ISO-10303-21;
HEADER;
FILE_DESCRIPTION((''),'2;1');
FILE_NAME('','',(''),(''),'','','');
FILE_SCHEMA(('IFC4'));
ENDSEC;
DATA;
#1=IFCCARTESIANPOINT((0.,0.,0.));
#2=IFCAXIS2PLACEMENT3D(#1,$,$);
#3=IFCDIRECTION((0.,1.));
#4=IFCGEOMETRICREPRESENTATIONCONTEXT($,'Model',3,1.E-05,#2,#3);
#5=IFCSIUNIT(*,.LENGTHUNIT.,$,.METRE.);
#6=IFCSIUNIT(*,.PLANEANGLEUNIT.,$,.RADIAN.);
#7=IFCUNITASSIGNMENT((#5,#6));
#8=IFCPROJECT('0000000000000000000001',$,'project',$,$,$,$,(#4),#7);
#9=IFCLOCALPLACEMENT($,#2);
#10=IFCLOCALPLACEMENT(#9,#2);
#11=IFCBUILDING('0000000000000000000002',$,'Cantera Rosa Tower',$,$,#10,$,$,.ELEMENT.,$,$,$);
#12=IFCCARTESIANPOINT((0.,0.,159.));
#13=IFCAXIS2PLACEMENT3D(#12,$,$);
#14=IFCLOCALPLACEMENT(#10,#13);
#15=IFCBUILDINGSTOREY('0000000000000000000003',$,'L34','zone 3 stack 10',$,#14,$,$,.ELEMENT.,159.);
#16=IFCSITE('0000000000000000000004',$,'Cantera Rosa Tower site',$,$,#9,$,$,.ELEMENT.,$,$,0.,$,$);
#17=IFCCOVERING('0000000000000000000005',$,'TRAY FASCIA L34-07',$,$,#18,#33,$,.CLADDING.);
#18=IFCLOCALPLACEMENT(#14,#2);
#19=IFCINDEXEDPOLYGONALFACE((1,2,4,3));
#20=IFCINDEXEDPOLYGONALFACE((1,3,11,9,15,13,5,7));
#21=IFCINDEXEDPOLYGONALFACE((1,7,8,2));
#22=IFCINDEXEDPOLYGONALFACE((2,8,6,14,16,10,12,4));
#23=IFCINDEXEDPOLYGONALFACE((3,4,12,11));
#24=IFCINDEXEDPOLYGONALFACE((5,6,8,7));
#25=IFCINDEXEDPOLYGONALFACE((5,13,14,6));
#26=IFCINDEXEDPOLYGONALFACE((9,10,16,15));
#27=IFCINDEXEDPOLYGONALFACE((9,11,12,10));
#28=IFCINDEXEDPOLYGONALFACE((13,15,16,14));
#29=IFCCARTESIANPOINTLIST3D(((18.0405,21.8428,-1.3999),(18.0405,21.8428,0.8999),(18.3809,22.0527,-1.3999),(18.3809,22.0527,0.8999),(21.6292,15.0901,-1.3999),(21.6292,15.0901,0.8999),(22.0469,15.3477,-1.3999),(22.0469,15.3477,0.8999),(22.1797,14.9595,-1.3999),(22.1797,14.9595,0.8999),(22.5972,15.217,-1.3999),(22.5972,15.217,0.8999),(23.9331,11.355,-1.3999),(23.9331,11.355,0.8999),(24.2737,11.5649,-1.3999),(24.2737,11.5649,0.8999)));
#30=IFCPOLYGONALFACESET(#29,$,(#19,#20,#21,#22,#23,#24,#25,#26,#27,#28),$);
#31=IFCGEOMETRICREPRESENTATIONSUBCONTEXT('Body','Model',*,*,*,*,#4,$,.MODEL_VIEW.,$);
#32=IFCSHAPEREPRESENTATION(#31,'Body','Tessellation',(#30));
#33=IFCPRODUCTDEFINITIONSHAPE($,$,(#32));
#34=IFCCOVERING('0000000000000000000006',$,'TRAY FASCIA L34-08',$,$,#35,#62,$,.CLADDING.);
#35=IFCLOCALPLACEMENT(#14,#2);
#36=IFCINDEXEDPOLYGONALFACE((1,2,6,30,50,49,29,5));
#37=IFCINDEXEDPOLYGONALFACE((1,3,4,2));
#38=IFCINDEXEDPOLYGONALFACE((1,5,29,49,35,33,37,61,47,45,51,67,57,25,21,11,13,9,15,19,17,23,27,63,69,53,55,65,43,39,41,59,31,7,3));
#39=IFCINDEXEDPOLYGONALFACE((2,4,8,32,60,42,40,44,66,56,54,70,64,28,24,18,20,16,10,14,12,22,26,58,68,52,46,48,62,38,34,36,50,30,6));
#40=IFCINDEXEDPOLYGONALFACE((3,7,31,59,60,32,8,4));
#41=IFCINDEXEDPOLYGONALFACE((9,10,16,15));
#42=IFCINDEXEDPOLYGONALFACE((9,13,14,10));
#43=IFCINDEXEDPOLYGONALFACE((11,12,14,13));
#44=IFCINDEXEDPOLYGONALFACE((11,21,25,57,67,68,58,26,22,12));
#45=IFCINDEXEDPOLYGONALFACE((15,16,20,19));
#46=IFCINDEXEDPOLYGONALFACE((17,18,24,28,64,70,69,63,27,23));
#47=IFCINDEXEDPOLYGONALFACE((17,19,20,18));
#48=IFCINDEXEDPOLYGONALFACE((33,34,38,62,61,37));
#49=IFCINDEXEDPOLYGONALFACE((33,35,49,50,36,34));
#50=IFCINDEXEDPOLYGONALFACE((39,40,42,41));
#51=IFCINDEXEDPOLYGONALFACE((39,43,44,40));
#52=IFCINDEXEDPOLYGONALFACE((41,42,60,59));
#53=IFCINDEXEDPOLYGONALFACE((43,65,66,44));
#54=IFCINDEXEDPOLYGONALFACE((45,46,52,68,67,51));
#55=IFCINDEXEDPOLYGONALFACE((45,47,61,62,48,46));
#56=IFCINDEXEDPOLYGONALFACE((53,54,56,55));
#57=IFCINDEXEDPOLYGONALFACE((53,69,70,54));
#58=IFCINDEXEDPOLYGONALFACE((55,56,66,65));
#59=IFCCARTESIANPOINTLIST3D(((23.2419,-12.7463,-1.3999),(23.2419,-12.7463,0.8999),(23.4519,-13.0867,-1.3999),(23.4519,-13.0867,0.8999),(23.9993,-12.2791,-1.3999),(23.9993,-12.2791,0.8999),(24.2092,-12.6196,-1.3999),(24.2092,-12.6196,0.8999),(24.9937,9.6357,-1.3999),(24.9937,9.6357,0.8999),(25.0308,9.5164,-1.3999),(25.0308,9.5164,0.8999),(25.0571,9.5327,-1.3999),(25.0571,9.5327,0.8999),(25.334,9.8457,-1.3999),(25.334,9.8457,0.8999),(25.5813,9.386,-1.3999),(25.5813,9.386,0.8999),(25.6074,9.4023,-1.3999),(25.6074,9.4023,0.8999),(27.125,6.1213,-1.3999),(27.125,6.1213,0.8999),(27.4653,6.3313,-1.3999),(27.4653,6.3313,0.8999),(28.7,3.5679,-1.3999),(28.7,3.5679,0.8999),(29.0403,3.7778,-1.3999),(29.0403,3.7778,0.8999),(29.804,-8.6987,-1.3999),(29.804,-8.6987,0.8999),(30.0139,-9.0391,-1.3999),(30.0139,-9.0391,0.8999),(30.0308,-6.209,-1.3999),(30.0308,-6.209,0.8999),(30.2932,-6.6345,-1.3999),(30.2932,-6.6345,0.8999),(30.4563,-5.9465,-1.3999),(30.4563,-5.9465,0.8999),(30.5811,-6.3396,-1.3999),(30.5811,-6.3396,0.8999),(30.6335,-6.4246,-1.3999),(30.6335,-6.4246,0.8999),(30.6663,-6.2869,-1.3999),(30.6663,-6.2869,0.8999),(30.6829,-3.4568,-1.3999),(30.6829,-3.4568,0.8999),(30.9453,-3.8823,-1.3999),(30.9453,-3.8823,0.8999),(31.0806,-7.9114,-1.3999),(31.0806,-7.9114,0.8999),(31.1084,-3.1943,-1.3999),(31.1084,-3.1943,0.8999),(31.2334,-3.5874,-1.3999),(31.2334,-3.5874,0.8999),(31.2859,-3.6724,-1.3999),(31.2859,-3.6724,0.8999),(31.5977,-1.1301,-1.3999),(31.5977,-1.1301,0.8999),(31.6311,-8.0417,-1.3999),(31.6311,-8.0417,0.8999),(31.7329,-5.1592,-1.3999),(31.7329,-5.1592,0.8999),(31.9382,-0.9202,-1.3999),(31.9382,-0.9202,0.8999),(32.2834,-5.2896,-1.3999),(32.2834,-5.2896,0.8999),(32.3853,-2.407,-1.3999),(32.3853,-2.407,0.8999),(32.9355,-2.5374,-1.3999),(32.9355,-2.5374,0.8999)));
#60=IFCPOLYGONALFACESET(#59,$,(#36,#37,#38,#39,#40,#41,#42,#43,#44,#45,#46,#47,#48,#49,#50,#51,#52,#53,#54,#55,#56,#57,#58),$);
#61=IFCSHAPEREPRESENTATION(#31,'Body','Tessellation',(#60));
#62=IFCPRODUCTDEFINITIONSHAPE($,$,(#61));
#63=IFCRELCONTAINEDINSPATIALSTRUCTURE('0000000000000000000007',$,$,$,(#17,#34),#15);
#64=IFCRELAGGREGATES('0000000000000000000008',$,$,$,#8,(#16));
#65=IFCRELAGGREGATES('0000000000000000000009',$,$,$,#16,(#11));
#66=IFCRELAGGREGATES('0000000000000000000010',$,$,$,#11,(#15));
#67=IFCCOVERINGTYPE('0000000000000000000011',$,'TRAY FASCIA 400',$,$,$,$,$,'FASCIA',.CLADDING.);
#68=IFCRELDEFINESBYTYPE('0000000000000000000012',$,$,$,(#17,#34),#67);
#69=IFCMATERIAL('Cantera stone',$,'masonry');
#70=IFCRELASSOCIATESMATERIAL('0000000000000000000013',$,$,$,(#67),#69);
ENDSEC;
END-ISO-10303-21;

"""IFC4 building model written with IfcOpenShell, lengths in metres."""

from ifc_helpers import new_model, si_unit, direction, frame, origin, place, context, subcontext, project, spatial, polyline, outline, extrude, material, type_object, element, save


model = new_model("IFC4")

# Units and contexts
model_context = context("Model", 3, precision=1e-05, world=origin(), true_north=direction((0.0, 1.0)))
body_context = subcontext(model_context, "Body", "Model", "MODEL_VIEW")
ifc_project = project(units=[si_unit("LENGTHUNIT", "METRE"), si_unit("PLANEANGLEUNIT", "RADIAN")], contexts=[model_context])

# Site, building, storey
site_placement = place(None, origin())
site = spatial("IfcSite", under=ifc_project, at=site_placement, Name="Cantera Rosa Tower site", CompositionType="ELEMENT", RefElevation=0.0)
building_placement = place(site_placement, origin())
building = spatial("IfcBuilding", under=site, at=building_placement, Name="Cantera Rosa Tower", CompositionType="ELEMENT")
storey_placement = place(building_placement, frame((0.0, 0.0, 159.0)))
storey = spatial("IfcBuildingStorey", under=building, at=storey_placement, Name="L34", Description="zone 3 stack 10", CompositionType="ELEMENT", Elevation=159.0)

# Coverings
ifc_material_1 = material(Name="Cantera stone", Category="masonry")
covering_type_1 = type_object("IfcCoveringType", Name="TRAY FASCIA 400", ElementType="FASCIA", PredefinedType="CLADDING", material=ifc_material_1)
covering_1_placement = place(storey_placement, frame((0.0, 0.0, -1.3999)))
element("IfcCovering", 1, at=covering_1_placement, inside=storey, type_object=covering_type_1, Name="TRAY FASCIA L34-07", PredefinedType="CLADDING", context=body_context, shape_type="SweptSolid", body=[
    extrude(outline(polyline([(22.5972, 15.217), (22.1797, 14.9595), (24.2737, 11.5649), (23.9331, 11.355), (21.6292, 15.0901), (22.0469, 15.3477), (18.0405, 21.8428), (18.3809, 22.0527), (22.5972, 15.217)])), origin(), (0.0, 0.0, 1.0), 2.2998),
])
covering_2_placement = place(storey_placement, frame((0.0, 0.0, -1.3999)))
element("IfcCovering", 2, at=covering_2_placement, inside=storey, type_object=covering_type_1, Name="TRAY FASCIA L34-08", PredefinedType="CLADDING", context=body_context, shape_type="SweptSolid", body=[
    extrude(outline(polyline([(25.6074, 9.4023), (25.5813, 9.386), (27.4653, 6.3313), (29.0403, 3.7778), (31.9382, -0.9202), (32.9355, -2.5374), (31.2334, -3.5874), (31.2859, -3.6724), (32.2834, -5.2896), (30.6663, -6.2869), (30.5811, -6.3396), (30.6335, -6.4246), (31.6311, -8.0417), (30.0139, -9.0391), (24.2092, -12.6196), (23.4519, -13.0867), (23.2419, -12.7463), (23.9993, -12.2791), (29.804, -8.6987), (31.0806, -7.9114), (30.2932, -6.6345), (30.0308, -6.209), (30.4563, -5.9465), (31.7329, -5.1592), (30.9453, -3.8823), (30.6829, -3.4568), (31.1084, -3.1943), (32.3853, -2.407), (31.5977, -1.1301), (28.7, 3.5679), (27.125, 6.1213), (25.0308, 9.5164), (25.0571, 9.5327), (24.9937, 9.6357), (25.334, 9.8457), (25.6074, 9.4023)])), origin(), (0.0, 0.0, 1.0), 2.2998),
])

save(model, "model.ifc")
